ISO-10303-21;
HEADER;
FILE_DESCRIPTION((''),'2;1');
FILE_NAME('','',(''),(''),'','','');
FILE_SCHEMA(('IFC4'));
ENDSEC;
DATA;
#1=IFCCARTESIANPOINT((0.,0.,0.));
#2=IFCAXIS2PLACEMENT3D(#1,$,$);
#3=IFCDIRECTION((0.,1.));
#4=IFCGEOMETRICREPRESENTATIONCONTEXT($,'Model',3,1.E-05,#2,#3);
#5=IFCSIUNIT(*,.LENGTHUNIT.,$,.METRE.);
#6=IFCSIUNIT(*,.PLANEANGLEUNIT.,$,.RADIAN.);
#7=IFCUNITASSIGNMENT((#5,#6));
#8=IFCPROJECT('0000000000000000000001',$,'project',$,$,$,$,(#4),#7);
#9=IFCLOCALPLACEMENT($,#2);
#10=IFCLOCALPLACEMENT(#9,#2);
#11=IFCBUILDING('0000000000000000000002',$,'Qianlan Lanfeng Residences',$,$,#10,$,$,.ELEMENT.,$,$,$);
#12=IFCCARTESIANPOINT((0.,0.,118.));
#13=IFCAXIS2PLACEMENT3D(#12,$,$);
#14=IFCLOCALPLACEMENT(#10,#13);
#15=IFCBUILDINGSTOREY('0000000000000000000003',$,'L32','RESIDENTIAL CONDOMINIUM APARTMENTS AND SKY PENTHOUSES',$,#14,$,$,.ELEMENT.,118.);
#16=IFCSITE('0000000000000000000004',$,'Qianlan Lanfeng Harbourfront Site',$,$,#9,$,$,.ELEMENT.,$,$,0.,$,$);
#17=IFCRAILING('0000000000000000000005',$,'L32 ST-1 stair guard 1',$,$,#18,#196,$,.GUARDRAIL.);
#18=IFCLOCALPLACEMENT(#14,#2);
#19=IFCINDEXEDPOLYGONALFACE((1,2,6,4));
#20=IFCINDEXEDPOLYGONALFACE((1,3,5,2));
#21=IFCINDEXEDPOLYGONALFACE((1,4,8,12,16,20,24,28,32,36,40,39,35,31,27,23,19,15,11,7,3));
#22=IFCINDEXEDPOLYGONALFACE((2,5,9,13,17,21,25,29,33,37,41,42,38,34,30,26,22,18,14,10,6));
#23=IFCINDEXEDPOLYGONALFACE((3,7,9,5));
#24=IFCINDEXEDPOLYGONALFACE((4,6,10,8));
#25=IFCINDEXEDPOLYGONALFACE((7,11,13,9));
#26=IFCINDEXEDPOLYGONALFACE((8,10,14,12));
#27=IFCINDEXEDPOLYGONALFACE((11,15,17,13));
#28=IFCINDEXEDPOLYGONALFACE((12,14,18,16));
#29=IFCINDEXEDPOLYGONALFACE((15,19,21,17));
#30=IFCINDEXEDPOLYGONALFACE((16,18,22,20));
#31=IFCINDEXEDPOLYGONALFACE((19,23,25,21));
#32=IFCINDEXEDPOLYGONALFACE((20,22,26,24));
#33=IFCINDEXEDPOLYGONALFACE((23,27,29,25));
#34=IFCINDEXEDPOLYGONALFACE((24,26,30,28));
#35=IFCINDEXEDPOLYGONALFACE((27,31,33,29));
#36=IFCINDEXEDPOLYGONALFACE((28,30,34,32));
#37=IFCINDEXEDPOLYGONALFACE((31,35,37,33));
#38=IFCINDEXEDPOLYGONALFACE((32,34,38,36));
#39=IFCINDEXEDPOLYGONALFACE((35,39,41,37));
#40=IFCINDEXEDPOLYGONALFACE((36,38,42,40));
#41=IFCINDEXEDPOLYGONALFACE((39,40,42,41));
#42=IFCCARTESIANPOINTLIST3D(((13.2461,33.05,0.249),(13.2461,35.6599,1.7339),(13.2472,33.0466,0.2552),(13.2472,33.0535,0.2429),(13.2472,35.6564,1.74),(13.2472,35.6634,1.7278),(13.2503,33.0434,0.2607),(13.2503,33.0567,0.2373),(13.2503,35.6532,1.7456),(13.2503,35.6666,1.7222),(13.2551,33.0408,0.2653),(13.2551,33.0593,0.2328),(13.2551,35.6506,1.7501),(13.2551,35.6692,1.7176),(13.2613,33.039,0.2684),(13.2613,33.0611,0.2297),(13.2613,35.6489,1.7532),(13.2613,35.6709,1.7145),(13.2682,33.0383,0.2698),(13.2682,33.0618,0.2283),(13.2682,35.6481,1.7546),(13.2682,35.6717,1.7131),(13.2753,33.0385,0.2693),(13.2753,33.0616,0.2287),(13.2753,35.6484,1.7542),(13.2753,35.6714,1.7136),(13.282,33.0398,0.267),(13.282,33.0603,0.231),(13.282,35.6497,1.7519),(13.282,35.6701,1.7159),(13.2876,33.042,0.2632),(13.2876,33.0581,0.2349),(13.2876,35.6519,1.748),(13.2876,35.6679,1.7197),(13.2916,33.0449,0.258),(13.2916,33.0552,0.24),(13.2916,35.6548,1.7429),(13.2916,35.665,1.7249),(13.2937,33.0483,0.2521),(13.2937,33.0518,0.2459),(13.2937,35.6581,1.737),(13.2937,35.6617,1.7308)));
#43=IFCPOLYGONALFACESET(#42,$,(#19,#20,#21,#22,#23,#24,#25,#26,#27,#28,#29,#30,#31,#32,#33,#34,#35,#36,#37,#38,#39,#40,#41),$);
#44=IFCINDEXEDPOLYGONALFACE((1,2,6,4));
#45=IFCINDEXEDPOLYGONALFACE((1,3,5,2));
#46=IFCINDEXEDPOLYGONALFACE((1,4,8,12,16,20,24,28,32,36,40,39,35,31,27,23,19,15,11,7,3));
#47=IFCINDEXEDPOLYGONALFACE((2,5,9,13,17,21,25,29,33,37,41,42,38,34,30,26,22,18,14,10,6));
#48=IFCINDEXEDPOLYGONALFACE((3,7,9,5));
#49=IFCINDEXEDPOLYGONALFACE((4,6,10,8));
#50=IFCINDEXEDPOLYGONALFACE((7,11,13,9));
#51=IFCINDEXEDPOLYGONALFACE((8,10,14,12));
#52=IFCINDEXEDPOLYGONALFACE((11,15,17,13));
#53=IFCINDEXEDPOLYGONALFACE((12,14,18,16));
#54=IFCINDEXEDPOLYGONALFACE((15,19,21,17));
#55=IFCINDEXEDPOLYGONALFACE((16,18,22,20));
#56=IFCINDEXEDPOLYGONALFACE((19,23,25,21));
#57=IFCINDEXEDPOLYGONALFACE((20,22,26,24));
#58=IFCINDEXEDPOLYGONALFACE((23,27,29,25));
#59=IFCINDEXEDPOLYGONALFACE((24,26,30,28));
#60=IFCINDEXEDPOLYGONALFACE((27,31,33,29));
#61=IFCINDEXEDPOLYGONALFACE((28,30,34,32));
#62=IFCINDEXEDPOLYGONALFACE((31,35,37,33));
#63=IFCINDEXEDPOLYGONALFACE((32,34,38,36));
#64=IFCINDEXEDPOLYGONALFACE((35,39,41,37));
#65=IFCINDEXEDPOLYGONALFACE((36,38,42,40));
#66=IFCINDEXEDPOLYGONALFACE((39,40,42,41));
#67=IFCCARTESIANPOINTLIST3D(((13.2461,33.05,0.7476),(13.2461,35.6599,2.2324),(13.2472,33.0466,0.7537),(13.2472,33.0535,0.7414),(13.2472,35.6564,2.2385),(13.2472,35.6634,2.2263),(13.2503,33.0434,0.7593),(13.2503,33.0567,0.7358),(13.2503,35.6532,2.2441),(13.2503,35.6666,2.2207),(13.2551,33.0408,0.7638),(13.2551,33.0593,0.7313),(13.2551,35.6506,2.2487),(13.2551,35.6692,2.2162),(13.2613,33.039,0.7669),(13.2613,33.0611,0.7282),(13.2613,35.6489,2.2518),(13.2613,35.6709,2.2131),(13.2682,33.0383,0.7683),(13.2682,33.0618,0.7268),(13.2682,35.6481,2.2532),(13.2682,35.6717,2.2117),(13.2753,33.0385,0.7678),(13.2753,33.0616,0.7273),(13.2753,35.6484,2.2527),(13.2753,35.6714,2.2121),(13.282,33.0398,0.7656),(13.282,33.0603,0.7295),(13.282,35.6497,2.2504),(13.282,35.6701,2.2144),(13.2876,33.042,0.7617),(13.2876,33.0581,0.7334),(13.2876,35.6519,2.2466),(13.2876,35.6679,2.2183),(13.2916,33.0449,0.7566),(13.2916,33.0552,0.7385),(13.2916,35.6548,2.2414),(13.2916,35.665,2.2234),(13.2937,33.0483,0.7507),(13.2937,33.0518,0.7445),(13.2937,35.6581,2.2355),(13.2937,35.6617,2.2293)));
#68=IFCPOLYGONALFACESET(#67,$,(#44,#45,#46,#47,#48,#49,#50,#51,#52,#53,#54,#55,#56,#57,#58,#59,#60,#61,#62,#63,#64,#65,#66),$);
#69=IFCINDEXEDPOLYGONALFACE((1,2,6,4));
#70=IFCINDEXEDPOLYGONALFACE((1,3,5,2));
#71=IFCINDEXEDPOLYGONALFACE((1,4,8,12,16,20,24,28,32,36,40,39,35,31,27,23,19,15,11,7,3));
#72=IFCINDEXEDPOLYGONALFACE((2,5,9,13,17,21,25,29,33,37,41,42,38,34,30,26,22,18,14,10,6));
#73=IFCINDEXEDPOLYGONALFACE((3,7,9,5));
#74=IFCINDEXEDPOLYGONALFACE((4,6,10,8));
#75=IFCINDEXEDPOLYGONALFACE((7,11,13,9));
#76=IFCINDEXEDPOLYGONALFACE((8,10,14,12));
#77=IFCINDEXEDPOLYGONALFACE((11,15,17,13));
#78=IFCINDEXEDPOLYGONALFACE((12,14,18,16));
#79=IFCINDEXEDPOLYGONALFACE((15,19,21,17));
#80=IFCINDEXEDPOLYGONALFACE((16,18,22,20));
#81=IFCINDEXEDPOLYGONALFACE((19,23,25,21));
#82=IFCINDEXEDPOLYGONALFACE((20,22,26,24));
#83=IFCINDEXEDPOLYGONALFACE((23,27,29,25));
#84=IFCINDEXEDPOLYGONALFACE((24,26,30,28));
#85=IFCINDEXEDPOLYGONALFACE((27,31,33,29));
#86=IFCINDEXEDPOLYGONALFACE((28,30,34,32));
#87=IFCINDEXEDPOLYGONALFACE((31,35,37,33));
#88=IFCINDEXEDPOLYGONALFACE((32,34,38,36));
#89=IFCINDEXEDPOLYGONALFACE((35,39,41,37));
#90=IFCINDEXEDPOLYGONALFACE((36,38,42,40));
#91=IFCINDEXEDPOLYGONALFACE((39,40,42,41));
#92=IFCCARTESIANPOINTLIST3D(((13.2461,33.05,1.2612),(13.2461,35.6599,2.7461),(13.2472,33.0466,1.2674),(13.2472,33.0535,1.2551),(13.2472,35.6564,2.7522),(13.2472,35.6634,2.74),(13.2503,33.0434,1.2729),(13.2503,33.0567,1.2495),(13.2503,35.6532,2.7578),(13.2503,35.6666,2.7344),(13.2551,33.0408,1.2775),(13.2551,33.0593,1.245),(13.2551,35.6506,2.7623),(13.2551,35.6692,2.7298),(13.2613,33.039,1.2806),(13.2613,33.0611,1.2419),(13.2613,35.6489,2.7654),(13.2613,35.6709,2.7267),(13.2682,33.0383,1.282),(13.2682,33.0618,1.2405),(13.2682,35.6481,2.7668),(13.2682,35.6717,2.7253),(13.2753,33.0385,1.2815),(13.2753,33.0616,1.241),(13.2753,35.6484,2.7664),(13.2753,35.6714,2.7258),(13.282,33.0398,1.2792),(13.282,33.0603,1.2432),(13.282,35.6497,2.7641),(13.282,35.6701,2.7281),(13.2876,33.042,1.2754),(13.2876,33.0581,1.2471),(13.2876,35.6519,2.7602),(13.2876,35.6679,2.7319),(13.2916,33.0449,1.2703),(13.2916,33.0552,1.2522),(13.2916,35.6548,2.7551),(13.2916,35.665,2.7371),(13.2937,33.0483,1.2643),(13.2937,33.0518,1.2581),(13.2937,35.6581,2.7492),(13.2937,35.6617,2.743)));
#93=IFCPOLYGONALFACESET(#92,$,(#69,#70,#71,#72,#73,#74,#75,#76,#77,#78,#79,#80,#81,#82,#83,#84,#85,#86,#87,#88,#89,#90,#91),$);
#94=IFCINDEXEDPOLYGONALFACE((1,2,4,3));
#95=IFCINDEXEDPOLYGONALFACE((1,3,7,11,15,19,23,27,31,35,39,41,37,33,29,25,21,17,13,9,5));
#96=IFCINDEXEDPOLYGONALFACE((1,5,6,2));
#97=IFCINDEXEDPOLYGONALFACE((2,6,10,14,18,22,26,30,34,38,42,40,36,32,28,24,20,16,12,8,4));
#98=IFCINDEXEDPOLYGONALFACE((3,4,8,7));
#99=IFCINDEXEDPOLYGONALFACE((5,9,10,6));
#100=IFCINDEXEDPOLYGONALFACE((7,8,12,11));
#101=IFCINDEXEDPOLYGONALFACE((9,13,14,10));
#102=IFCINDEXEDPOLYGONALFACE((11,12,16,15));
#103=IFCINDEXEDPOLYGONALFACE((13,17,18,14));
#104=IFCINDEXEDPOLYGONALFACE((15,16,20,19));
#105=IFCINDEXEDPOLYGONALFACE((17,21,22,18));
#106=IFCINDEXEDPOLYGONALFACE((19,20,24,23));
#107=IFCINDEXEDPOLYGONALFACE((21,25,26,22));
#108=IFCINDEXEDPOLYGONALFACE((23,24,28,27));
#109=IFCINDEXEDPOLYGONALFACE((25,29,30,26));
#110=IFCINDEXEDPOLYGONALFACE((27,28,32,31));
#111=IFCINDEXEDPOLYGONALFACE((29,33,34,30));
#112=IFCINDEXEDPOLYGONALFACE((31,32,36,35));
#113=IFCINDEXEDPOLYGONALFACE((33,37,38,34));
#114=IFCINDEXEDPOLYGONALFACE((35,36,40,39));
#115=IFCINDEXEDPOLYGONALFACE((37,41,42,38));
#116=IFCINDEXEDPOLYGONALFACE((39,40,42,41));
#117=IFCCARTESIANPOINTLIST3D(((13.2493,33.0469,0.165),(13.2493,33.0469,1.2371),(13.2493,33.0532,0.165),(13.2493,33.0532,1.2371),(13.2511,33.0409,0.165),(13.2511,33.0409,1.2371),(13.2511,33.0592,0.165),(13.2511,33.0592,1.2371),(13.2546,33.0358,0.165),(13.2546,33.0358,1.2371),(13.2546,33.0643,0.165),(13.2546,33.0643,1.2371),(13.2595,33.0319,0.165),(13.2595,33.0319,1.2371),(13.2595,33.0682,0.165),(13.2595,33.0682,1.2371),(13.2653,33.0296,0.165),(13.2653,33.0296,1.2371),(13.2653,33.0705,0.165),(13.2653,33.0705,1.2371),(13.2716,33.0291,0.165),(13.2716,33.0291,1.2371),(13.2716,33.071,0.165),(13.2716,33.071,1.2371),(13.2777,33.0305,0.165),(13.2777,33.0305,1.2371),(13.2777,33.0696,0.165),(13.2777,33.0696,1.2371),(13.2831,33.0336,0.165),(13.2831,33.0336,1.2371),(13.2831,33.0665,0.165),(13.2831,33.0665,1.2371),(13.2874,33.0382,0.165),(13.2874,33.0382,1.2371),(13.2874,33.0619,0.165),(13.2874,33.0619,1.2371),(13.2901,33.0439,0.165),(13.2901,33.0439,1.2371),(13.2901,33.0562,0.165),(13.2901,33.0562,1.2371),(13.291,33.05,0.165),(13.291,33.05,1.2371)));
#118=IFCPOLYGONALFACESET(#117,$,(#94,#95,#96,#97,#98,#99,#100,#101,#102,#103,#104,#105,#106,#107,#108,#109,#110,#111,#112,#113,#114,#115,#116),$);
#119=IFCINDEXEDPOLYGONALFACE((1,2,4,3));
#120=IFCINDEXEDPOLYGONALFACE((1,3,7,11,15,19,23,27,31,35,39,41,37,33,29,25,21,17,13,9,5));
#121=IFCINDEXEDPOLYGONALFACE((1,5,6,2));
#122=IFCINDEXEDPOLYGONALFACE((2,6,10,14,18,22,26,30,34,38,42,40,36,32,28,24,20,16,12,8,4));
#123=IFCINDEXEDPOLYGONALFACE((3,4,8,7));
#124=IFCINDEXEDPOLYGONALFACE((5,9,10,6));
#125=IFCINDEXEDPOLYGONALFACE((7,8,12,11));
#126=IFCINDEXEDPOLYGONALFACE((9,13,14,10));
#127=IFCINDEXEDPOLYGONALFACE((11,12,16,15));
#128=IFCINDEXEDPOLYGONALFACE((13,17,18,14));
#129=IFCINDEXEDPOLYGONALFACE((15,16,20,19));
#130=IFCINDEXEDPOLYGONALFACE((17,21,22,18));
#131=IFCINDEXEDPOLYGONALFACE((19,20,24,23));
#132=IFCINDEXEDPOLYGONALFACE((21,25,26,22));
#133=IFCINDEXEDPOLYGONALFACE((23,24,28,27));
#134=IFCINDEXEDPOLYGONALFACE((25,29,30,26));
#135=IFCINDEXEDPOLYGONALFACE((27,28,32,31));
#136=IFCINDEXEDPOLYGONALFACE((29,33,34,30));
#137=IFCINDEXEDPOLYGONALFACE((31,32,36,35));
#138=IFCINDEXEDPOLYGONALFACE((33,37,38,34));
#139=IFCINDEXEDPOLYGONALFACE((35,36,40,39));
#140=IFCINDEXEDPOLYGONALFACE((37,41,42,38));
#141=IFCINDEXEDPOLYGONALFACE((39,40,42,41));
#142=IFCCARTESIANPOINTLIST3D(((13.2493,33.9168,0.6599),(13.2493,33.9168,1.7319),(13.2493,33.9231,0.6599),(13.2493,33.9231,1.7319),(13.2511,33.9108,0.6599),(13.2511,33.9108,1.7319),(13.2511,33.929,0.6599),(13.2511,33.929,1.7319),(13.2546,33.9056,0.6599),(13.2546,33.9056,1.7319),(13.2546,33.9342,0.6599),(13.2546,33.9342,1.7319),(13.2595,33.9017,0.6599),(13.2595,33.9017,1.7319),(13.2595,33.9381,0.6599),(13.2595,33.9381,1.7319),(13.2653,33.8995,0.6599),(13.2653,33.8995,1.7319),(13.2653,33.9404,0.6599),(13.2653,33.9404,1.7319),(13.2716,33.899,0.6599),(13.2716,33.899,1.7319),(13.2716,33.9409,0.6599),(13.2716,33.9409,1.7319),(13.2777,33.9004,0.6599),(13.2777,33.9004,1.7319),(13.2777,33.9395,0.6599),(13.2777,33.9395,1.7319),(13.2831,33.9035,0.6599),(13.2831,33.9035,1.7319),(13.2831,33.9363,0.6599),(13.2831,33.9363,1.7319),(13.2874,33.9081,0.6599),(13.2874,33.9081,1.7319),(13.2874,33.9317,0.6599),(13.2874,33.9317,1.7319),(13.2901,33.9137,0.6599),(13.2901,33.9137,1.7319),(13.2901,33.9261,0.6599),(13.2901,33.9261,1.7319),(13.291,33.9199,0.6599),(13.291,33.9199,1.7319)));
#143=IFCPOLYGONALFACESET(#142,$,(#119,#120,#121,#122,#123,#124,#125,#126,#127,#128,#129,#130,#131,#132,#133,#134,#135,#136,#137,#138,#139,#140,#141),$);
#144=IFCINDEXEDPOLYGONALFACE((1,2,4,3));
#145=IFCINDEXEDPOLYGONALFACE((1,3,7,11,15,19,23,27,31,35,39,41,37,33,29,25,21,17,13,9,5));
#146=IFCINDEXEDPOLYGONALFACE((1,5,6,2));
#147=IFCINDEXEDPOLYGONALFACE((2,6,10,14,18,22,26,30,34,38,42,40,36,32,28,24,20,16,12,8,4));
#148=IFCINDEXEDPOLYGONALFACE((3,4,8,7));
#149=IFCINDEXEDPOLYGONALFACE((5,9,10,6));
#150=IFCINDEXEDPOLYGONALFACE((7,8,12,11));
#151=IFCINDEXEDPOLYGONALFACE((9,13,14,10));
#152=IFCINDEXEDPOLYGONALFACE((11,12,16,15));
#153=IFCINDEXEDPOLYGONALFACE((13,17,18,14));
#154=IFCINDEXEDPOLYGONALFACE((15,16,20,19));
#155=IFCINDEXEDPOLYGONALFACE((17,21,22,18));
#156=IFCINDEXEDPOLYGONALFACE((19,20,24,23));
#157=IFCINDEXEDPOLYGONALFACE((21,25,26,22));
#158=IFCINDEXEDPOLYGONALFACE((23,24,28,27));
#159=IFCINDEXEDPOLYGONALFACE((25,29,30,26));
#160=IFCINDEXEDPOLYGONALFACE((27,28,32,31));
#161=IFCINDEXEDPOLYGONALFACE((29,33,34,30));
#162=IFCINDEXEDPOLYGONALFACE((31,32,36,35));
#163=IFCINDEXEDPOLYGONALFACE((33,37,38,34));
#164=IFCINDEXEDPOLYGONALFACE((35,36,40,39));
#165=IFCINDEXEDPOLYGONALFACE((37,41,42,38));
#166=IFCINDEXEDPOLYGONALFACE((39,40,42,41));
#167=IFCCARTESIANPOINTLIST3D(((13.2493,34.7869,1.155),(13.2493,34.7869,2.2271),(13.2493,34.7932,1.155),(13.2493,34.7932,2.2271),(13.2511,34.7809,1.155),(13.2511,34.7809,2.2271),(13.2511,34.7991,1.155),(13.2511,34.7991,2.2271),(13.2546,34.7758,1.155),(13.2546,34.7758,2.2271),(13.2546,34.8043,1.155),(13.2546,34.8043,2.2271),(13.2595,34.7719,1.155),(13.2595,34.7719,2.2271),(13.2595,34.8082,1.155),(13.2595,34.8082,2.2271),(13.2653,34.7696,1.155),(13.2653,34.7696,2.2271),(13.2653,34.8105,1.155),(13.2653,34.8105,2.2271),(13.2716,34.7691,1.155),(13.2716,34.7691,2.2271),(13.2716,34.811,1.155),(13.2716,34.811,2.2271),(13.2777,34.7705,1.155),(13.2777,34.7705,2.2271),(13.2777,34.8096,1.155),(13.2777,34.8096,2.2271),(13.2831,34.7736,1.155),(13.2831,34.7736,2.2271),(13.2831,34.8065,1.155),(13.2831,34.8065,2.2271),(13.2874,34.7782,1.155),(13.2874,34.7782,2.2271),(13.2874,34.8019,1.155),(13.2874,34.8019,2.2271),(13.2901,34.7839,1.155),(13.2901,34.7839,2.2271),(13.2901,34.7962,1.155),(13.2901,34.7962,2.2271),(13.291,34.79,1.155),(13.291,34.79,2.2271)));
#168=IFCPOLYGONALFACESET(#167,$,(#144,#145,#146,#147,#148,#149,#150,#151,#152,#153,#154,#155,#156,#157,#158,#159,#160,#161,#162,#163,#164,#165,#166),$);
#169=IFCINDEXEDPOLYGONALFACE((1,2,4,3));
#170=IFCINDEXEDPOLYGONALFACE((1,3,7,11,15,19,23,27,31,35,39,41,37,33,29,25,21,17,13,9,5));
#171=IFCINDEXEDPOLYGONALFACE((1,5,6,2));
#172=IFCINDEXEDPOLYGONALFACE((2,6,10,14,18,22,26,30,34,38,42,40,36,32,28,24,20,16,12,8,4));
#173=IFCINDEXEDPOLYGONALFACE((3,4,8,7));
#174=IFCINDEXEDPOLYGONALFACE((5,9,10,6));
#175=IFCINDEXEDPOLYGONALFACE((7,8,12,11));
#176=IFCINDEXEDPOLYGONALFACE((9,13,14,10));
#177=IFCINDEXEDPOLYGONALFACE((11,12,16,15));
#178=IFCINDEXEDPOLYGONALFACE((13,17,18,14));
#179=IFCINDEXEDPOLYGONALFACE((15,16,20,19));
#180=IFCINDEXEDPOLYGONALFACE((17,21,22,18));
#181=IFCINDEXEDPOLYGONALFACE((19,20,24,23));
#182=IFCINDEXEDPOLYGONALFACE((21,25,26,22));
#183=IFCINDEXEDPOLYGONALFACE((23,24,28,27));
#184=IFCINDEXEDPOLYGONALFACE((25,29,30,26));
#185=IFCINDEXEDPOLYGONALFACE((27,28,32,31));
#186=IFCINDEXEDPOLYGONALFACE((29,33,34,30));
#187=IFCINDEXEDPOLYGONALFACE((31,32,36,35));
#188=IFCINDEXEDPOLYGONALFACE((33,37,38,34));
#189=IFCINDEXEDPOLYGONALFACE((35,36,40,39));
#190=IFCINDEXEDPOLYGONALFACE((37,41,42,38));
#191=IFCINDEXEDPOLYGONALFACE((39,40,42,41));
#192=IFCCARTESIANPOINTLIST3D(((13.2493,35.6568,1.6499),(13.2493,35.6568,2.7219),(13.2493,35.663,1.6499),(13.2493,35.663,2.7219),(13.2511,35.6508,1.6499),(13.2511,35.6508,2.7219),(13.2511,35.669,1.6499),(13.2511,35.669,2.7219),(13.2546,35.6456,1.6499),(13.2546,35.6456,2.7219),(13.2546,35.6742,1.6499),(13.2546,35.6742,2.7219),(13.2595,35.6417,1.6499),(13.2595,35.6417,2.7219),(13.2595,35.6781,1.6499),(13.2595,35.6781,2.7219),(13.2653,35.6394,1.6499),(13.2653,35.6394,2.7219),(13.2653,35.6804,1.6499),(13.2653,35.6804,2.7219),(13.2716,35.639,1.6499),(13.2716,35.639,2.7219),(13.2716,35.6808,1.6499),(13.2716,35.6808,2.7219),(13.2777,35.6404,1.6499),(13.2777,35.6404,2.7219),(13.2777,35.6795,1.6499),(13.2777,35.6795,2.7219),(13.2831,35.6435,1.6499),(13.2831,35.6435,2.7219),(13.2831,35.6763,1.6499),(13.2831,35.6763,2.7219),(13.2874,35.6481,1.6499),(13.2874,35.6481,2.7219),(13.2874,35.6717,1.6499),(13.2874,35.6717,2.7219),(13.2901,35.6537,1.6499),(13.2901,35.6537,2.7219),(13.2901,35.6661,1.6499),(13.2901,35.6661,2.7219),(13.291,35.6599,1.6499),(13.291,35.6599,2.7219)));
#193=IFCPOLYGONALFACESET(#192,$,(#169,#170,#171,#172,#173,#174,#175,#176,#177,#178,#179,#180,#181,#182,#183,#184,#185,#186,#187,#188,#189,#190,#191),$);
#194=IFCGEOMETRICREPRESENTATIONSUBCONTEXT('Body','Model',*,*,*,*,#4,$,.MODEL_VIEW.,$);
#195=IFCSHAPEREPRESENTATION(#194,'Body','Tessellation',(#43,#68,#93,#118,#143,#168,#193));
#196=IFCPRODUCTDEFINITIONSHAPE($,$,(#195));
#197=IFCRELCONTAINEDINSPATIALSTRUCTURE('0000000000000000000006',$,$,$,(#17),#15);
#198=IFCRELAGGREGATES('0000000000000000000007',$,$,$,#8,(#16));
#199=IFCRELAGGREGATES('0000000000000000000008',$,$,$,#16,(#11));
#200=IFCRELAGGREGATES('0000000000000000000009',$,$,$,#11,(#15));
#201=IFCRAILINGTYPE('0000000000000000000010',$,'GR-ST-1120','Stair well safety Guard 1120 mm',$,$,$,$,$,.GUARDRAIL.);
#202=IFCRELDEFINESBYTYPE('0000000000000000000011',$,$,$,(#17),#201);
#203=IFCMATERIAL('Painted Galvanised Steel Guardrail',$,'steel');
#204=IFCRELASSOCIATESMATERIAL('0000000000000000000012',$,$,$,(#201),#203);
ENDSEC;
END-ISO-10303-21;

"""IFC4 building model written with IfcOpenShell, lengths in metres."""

from ifc_helpers import new_model, si_unit, direction, frame, origin, origin_2d, place, context, subcontext, project, spatial, circle, extrude, material, type_object, element, save


model = new_model("IFC4")

# Units and contexts
model_context = context("Model", 3, precision=1e-05, world=origin(), true_north=direction((0.0, 1.0)))
body_context = subcontext(model_context, "Body", "Model", "MODEL_VIEW")
ifc_project = project(units=[si_unit("LENGTHUNIT", "METRE"), si_unit("PLANEANGLEUNIT", "RADIAN")], contexts=[model_context])

# Site, building, storey
site_placement = place(None, origin())
site = spatial("IfcSite", under=ifc_project, at=site_placement, Name="Qianlan Lanfeng Harbourfront Site", CompositionType="ELEMENT", RefElevation=0.0)
building_placement = place(site_placement, origin())
building = spatial("IfcBuilding", under=site, at=building_placement, Name="Qianlan Lanfeng Residences", CompositionType="ELEMENT")
storey_placement = place(building_placement, frame((0.0, 0.0, 118.0)))
storey = spatial("IfcBuildingStorey", under=building, at=storey_placement, Name="L32", Description="RESIDENTIAL CONDOMINIUM APARTMENTS AND SKY PENTHOUSES", CompositionType="ELEMENT", Elevation=118.0)

# Railing
ifc_material_1 = material(Name="Painted Galvanised Steel Guardrail", Category="steel")
railing_type_1 = type_object("IfcRailingType", Name="GR-ST-1120", Description="Stair well safety Guard 1120 mm", PredefinedType="GUARDRAIL", material=ifc_material_1)
railing_1_placement = place(storey_placement, frame((13.27, 33.05, 0.165)))
element("IfcRailing", 1, at=railing_1_placement, inside=storey, type_object=railing_type_1, Name="L32 ST-1 stair guard 1", PredefinedType="GUARDRAIL", context=body_context, shape_type="SweptSolid", body=[
    extrude(circle(Radius=0.0239, at=origin_2d()), frame((0.0, 0.0, 0.084), z_axis=(0.0, 0.869172, 0.494509), x_axis=(-1.0, 0.0, 0.0)), (0.0, 0.0, 1.0), 3.0027),
    extrude(circle(Radius=0.0239, at=origin_2d()), frame((0.0, 0.0, 0.5825), z_axis=(0.0, 0.869172, 0.494509), x_axis=(-1.0, 0.0, 0.0)), (0.0, 0.0, 1.0), 3.0027),
    extrude(circle(Radius=0.0239, at=origin_2d()), frame((0.0, 0.0, 1.0962), z_axis=(0.0, 0.869172, 0.494509), x_axis=(-1.0, 0.0, 0.0)), (0.0, 0.0, 1.0), 3.0027),
    extrude(circle(Radius=0.021, at=origin_2d()), origin(), (0.0, 0.0, 1.0), 1.072),
    extrude(circle(Radius=0.021, at=origin_2d()), frame((0.0, 0.8699, 0.4949)), (0.0, 0.0, 1.0), 1.072),
    extrude(circle(Radius=0.021, at=origin_2d()), frame((0.0, 1.74, 0.99)), (0.0, 0.0, 1.0), 1.072),
    extrude(circle(Radius=0.021, at=origin_2d()), frame((0.0, 2.6099, 1.4849)), (0.0, 0.0, 1.0), 1.072),
])

save(model, "model.ifc")
